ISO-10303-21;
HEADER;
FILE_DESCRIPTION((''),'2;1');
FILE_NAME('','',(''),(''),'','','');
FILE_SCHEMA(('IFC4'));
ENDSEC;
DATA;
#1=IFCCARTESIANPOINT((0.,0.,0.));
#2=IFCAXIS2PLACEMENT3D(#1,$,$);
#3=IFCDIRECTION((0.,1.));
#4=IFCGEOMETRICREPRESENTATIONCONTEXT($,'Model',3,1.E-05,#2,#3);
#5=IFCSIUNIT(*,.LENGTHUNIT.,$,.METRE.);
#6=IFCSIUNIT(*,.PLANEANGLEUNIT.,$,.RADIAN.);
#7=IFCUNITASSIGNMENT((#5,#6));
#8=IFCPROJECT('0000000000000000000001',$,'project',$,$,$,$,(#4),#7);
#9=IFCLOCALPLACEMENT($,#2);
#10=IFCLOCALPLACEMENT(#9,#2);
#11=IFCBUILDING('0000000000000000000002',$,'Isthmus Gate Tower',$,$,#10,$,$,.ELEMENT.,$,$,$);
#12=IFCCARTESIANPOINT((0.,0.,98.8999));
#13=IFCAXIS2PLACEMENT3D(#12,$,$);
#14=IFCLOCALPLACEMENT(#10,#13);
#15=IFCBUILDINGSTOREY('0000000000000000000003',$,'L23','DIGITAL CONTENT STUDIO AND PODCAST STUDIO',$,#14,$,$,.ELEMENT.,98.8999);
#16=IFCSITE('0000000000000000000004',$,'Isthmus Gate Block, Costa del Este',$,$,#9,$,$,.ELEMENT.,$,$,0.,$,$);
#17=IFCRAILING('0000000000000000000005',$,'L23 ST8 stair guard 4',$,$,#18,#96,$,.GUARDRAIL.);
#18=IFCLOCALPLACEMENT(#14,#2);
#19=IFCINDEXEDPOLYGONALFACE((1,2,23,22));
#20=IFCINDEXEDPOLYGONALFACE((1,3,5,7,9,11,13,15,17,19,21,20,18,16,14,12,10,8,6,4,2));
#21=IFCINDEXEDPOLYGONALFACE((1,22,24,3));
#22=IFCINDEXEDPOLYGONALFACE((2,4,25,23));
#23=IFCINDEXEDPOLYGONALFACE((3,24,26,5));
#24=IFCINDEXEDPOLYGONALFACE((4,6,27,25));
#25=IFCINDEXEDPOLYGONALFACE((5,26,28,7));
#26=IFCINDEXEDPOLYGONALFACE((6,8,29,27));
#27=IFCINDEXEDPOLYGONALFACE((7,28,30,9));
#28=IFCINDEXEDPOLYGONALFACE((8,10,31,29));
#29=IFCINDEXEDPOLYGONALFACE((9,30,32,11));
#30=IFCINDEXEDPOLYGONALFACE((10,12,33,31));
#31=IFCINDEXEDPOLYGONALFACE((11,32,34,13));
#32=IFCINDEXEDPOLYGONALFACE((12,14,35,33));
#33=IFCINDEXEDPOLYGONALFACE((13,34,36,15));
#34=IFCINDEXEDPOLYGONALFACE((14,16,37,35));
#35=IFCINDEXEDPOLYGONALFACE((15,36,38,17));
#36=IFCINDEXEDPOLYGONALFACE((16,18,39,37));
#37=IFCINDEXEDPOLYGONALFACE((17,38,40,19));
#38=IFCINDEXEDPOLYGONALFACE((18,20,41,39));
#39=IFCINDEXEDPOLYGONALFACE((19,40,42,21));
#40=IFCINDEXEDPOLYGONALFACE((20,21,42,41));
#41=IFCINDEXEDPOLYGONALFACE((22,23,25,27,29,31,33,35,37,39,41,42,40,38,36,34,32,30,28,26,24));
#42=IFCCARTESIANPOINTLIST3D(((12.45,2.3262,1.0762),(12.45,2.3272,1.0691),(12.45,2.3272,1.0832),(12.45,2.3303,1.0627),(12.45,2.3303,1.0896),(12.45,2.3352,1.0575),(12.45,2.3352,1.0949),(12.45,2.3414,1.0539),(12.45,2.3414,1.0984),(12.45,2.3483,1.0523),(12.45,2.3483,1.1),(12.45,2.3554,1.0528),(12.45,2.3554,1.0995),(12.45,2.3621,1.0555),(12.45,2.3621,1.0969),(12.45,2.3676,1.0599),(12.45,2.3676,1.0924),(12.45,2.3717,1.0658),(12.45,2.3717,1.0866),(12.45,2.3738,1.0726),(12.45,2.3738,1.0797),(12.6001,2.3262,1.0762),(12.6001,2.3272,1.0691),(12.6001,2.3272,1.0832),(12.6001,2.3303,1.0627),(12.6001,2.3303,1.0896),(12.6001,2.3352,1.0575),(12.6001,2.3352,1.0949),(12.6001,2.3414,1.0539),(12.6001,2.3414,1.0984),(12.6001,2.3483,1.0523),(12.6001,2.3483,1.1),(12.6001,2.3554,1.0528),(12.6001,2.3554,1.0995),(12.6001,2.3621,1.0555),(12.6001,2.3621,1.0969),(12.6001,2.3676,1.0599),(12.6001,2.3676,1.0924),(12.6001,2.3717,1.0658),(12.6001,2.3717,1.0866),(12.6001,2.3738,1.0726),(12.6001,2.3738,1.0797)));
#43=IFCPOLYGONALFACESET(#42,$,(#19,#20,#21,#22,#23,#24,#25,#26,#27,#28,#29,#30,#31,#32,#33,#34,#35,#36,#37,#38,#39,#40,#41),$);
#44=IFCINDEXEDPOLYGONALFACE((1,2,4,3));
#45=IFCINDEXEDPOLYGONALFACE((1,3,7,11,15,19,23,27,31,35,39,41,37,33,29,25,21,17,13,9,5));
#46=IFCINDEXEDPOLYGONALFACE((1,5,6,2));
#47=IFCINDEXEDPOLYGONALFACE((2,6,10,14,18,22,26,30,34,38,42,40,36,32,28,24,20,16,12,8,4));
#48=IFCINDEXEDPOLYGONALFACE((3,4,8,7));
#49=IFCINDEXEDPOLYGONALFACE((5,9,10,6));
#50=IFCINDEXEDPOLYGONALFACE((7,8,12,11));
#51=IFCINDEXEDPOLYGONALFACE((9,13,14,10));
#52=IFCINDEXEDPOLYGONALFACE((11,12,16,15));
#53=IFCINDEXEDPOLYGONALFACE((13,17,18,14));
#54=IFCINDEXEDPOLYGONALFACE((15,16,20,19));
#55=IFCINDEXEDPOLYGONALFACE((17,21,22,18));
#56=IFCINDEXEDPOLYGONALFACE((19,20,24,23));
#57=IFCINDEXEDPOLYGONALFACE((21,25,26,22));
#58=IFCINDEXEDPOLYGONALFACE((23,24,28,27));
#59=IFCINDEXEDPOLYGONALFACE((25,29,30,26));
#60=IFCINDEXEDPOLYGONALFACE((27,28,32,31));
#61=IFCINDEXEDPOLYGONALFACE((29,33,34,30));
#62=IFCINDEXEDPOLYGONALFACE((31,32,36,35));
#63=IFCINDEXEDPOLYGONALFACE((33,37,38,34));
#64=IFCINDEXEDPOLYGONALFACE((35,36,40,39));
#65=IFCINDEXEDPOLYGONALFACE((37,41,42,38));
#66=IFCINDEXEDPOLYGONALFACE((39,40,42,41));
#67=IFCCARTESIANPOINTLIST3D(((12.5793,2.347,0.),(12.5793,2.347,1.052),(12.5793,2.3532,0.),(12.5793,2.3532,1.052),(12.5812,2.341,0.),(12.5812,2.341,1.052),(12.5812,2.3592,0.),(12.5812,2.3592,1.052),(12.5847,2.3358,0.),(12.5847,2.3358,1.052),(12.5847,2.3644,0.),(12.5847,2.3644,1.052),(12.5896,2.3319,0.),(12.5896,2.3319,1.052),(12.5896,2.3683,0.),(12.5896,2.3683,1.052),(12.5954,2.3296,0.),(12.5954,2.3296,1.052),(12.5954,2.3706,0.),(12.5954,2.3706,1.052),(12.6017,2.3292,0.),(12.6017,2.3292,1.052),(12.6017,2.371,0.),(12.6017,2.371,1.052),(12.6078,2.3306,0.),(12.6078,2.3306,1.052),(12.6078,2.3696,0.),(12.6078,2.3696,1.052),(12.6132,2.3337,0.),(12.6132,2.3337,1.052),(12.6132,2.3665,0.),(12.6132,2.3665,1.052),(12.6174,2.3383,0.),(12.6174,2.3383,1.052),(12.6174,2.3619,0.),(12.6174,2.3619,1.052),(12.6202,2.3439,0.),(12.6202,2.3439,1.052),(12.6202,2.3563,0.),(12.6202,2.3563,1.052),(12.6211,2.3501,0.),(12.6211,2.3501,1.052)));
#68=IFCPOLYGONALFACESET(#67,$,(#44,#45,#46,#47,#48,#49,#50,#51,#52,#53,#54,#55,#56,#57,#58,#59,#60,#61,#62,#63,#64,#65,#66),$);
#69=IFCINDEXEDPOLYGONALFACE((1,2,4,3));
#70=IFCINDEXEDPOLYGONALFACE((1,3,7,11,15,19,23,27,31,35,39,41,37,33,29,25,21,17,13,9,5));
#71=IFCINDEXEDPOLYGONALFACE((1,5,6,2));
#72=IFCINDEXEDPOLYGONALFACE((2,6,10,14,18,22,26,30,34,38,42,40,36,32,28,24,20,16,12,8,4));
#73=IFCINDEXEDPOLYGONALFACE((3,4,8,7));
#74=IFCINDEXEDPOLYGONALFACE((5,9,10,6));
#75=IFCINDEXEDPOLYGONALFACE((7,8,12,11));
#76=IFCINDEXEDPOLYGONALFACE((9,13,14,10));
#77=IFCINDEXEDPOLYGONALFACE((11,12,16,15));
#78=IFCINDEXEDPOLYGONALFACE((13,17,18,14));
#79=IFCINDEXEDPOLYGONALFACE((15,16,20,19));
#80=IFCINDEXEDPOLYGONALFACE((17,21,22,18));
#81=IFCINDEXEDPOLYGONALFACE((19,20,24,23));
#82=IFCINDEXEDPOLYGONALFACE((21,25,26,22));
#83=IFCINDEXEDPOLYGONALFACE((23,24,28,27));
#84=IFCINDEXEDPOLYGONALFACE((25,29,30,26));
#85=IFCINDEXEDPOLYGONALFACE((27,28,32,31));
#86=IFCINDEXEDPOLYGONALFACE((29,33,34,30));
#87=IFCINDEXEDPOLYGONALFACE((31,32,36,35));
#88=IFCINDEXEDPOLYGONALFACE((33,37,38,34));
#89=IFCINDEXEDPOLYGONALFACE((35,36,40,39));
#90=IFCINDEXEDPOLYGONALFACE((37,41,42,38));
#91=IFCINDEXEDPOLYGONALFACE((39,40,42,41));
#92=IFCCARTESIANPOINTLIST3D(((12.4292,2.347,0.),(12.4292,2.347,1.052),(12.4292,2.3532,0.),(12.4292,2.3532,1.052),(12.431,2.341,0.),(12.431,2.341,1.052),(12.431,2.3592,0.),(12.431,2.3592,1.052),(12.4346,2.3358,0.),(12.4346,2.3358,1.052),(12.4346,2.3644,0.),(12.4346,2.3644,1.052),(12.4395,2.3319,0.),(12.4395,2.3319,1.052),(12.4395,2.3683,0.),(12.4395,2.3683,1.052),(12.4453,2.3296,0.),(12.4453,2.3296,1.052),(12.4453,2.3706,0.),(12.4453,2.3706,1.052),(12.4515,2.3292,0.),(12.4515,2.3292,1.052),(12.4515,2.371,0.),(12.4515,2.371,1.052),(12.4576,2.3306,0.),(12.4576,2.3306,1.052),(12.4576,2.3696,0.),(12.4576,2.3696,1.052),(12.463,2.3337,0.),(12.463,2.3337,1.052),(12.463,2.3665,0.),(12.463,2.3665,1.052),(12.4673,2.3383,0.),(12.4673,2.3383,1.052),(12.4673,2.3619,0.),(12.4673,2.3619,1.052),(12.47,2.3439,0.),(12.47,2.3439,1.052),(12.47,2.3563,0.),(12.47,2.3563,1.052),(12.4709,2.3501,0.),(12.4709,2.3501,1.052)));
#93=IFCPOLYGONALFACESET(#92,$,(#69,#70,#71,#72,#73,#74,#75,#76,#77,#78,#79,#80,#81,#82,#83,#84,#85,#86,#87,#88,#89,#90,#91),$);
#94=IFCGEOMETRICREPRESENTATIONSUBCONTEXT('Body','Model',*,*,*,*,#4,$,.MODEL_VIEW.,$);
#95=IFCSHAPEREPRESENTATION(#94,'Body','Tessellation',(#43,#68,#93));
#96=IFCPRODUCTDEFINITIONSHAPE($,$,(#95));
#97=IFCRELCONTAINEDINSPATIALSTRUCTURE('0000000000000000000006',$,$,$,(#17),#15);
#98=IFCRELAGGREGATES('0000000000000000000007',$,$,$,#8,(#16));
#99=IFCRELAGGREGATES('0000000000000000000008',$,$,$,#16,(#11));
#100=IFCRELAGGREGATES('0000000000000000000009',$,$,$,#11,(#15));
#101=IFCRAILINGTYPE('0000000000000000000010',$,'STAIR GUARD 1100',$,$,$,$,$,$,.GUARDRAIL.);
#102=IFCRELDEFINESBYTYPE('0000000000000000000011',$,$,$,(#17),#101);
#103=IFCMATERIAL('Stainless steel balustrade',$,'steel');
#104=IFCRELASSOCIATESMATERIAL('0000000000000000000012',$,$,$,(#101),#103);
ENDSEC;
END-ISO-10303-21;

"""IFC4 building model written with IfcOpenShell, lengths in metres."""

from ifc_helpers import new_model, si_unit, direction, frame, origin, origin_2d, place, context, subcontext, project, spatial, circle, extrude, material, type_object, element, save


model = new_model("IFC4")

# Units and contexts
model_context = context("Model", 3, precision=1e-05, world=origin(), true_north=direction((0.0, 1.0)))
body_context = subcontext(model_context, "Body", "Model", "MODEL_VIEW")
ifc_project = project(units=[si_unit("LENGTHUNIT", "METRE"), si_unit("PLANEANGLEUNIT", "RADIAN")], contexts=[model_context])

# Site, building, storey
site_placement = place(None, origin())
site = spatial("IfcSite", under=ifc_project, at=site_placement, Name="Isthmus Gate Block, Costa del Este", CompositionType="ELEMENT", RefElevation=0.0)
building_placement = place(site_placement, origin())
building = spatial("IfcBuilding", under=site, at=building_placement, Name="Isthmus Gate Tower", CompositionType="ELEMENT")
storey_placement = place(building_placement, frame((0.0, 0.0, 98.8999)))
storey = spatial("IfcBuildingStorey", under=building, at=storey_placement, Name="L23", Description="DIGITAL CONTENT STUDIO AND PODCAST STUDIO", CompositionType="ELEMENT", Elevation=98.8999)

# Railing
ifc_material_1 = material(Name="Stainless steel balustrade", Category="steel")
railing_type_1 = type_object("IfcRailingType", Name="STAIR GUARD 1100", PredefinedType="GUARDRAIL", material=ifc_material_1)
railing_1_placement = place(storey_placement, frame((12.6001, 2.3501, 0.0)))
element("IfcRailing", 1, at=railing_1_placement, inside=storey, type_object=railing_type_1, Name="L23 ST8 stair guard 4", PredefinedType="GUARDRAIL", context=body_context, shape_type="SweptSolid", body=[
    extrude(circle(Radius=0.0239, at=origin_2d()), frame((0.0, 0.0, 1.0762), z_axis=(-1.0, 0.0, 0.0), x_axis=(0.0, -1.0, 0.0)), (0.0, 0.0, 1.0), 0.1501),
    extrude(circle(Radius=0.021, at=origin_2d()), origin(), (0.0, 0.0, 1.0), 1.052),
    extrude(circle(Radius=0.021, at=origin_2d()), frame((-0.1501, 0.0, 0.0)), (0.0, 0.0, 1.0), 1.052),
])

save(model, "model.ifc")
